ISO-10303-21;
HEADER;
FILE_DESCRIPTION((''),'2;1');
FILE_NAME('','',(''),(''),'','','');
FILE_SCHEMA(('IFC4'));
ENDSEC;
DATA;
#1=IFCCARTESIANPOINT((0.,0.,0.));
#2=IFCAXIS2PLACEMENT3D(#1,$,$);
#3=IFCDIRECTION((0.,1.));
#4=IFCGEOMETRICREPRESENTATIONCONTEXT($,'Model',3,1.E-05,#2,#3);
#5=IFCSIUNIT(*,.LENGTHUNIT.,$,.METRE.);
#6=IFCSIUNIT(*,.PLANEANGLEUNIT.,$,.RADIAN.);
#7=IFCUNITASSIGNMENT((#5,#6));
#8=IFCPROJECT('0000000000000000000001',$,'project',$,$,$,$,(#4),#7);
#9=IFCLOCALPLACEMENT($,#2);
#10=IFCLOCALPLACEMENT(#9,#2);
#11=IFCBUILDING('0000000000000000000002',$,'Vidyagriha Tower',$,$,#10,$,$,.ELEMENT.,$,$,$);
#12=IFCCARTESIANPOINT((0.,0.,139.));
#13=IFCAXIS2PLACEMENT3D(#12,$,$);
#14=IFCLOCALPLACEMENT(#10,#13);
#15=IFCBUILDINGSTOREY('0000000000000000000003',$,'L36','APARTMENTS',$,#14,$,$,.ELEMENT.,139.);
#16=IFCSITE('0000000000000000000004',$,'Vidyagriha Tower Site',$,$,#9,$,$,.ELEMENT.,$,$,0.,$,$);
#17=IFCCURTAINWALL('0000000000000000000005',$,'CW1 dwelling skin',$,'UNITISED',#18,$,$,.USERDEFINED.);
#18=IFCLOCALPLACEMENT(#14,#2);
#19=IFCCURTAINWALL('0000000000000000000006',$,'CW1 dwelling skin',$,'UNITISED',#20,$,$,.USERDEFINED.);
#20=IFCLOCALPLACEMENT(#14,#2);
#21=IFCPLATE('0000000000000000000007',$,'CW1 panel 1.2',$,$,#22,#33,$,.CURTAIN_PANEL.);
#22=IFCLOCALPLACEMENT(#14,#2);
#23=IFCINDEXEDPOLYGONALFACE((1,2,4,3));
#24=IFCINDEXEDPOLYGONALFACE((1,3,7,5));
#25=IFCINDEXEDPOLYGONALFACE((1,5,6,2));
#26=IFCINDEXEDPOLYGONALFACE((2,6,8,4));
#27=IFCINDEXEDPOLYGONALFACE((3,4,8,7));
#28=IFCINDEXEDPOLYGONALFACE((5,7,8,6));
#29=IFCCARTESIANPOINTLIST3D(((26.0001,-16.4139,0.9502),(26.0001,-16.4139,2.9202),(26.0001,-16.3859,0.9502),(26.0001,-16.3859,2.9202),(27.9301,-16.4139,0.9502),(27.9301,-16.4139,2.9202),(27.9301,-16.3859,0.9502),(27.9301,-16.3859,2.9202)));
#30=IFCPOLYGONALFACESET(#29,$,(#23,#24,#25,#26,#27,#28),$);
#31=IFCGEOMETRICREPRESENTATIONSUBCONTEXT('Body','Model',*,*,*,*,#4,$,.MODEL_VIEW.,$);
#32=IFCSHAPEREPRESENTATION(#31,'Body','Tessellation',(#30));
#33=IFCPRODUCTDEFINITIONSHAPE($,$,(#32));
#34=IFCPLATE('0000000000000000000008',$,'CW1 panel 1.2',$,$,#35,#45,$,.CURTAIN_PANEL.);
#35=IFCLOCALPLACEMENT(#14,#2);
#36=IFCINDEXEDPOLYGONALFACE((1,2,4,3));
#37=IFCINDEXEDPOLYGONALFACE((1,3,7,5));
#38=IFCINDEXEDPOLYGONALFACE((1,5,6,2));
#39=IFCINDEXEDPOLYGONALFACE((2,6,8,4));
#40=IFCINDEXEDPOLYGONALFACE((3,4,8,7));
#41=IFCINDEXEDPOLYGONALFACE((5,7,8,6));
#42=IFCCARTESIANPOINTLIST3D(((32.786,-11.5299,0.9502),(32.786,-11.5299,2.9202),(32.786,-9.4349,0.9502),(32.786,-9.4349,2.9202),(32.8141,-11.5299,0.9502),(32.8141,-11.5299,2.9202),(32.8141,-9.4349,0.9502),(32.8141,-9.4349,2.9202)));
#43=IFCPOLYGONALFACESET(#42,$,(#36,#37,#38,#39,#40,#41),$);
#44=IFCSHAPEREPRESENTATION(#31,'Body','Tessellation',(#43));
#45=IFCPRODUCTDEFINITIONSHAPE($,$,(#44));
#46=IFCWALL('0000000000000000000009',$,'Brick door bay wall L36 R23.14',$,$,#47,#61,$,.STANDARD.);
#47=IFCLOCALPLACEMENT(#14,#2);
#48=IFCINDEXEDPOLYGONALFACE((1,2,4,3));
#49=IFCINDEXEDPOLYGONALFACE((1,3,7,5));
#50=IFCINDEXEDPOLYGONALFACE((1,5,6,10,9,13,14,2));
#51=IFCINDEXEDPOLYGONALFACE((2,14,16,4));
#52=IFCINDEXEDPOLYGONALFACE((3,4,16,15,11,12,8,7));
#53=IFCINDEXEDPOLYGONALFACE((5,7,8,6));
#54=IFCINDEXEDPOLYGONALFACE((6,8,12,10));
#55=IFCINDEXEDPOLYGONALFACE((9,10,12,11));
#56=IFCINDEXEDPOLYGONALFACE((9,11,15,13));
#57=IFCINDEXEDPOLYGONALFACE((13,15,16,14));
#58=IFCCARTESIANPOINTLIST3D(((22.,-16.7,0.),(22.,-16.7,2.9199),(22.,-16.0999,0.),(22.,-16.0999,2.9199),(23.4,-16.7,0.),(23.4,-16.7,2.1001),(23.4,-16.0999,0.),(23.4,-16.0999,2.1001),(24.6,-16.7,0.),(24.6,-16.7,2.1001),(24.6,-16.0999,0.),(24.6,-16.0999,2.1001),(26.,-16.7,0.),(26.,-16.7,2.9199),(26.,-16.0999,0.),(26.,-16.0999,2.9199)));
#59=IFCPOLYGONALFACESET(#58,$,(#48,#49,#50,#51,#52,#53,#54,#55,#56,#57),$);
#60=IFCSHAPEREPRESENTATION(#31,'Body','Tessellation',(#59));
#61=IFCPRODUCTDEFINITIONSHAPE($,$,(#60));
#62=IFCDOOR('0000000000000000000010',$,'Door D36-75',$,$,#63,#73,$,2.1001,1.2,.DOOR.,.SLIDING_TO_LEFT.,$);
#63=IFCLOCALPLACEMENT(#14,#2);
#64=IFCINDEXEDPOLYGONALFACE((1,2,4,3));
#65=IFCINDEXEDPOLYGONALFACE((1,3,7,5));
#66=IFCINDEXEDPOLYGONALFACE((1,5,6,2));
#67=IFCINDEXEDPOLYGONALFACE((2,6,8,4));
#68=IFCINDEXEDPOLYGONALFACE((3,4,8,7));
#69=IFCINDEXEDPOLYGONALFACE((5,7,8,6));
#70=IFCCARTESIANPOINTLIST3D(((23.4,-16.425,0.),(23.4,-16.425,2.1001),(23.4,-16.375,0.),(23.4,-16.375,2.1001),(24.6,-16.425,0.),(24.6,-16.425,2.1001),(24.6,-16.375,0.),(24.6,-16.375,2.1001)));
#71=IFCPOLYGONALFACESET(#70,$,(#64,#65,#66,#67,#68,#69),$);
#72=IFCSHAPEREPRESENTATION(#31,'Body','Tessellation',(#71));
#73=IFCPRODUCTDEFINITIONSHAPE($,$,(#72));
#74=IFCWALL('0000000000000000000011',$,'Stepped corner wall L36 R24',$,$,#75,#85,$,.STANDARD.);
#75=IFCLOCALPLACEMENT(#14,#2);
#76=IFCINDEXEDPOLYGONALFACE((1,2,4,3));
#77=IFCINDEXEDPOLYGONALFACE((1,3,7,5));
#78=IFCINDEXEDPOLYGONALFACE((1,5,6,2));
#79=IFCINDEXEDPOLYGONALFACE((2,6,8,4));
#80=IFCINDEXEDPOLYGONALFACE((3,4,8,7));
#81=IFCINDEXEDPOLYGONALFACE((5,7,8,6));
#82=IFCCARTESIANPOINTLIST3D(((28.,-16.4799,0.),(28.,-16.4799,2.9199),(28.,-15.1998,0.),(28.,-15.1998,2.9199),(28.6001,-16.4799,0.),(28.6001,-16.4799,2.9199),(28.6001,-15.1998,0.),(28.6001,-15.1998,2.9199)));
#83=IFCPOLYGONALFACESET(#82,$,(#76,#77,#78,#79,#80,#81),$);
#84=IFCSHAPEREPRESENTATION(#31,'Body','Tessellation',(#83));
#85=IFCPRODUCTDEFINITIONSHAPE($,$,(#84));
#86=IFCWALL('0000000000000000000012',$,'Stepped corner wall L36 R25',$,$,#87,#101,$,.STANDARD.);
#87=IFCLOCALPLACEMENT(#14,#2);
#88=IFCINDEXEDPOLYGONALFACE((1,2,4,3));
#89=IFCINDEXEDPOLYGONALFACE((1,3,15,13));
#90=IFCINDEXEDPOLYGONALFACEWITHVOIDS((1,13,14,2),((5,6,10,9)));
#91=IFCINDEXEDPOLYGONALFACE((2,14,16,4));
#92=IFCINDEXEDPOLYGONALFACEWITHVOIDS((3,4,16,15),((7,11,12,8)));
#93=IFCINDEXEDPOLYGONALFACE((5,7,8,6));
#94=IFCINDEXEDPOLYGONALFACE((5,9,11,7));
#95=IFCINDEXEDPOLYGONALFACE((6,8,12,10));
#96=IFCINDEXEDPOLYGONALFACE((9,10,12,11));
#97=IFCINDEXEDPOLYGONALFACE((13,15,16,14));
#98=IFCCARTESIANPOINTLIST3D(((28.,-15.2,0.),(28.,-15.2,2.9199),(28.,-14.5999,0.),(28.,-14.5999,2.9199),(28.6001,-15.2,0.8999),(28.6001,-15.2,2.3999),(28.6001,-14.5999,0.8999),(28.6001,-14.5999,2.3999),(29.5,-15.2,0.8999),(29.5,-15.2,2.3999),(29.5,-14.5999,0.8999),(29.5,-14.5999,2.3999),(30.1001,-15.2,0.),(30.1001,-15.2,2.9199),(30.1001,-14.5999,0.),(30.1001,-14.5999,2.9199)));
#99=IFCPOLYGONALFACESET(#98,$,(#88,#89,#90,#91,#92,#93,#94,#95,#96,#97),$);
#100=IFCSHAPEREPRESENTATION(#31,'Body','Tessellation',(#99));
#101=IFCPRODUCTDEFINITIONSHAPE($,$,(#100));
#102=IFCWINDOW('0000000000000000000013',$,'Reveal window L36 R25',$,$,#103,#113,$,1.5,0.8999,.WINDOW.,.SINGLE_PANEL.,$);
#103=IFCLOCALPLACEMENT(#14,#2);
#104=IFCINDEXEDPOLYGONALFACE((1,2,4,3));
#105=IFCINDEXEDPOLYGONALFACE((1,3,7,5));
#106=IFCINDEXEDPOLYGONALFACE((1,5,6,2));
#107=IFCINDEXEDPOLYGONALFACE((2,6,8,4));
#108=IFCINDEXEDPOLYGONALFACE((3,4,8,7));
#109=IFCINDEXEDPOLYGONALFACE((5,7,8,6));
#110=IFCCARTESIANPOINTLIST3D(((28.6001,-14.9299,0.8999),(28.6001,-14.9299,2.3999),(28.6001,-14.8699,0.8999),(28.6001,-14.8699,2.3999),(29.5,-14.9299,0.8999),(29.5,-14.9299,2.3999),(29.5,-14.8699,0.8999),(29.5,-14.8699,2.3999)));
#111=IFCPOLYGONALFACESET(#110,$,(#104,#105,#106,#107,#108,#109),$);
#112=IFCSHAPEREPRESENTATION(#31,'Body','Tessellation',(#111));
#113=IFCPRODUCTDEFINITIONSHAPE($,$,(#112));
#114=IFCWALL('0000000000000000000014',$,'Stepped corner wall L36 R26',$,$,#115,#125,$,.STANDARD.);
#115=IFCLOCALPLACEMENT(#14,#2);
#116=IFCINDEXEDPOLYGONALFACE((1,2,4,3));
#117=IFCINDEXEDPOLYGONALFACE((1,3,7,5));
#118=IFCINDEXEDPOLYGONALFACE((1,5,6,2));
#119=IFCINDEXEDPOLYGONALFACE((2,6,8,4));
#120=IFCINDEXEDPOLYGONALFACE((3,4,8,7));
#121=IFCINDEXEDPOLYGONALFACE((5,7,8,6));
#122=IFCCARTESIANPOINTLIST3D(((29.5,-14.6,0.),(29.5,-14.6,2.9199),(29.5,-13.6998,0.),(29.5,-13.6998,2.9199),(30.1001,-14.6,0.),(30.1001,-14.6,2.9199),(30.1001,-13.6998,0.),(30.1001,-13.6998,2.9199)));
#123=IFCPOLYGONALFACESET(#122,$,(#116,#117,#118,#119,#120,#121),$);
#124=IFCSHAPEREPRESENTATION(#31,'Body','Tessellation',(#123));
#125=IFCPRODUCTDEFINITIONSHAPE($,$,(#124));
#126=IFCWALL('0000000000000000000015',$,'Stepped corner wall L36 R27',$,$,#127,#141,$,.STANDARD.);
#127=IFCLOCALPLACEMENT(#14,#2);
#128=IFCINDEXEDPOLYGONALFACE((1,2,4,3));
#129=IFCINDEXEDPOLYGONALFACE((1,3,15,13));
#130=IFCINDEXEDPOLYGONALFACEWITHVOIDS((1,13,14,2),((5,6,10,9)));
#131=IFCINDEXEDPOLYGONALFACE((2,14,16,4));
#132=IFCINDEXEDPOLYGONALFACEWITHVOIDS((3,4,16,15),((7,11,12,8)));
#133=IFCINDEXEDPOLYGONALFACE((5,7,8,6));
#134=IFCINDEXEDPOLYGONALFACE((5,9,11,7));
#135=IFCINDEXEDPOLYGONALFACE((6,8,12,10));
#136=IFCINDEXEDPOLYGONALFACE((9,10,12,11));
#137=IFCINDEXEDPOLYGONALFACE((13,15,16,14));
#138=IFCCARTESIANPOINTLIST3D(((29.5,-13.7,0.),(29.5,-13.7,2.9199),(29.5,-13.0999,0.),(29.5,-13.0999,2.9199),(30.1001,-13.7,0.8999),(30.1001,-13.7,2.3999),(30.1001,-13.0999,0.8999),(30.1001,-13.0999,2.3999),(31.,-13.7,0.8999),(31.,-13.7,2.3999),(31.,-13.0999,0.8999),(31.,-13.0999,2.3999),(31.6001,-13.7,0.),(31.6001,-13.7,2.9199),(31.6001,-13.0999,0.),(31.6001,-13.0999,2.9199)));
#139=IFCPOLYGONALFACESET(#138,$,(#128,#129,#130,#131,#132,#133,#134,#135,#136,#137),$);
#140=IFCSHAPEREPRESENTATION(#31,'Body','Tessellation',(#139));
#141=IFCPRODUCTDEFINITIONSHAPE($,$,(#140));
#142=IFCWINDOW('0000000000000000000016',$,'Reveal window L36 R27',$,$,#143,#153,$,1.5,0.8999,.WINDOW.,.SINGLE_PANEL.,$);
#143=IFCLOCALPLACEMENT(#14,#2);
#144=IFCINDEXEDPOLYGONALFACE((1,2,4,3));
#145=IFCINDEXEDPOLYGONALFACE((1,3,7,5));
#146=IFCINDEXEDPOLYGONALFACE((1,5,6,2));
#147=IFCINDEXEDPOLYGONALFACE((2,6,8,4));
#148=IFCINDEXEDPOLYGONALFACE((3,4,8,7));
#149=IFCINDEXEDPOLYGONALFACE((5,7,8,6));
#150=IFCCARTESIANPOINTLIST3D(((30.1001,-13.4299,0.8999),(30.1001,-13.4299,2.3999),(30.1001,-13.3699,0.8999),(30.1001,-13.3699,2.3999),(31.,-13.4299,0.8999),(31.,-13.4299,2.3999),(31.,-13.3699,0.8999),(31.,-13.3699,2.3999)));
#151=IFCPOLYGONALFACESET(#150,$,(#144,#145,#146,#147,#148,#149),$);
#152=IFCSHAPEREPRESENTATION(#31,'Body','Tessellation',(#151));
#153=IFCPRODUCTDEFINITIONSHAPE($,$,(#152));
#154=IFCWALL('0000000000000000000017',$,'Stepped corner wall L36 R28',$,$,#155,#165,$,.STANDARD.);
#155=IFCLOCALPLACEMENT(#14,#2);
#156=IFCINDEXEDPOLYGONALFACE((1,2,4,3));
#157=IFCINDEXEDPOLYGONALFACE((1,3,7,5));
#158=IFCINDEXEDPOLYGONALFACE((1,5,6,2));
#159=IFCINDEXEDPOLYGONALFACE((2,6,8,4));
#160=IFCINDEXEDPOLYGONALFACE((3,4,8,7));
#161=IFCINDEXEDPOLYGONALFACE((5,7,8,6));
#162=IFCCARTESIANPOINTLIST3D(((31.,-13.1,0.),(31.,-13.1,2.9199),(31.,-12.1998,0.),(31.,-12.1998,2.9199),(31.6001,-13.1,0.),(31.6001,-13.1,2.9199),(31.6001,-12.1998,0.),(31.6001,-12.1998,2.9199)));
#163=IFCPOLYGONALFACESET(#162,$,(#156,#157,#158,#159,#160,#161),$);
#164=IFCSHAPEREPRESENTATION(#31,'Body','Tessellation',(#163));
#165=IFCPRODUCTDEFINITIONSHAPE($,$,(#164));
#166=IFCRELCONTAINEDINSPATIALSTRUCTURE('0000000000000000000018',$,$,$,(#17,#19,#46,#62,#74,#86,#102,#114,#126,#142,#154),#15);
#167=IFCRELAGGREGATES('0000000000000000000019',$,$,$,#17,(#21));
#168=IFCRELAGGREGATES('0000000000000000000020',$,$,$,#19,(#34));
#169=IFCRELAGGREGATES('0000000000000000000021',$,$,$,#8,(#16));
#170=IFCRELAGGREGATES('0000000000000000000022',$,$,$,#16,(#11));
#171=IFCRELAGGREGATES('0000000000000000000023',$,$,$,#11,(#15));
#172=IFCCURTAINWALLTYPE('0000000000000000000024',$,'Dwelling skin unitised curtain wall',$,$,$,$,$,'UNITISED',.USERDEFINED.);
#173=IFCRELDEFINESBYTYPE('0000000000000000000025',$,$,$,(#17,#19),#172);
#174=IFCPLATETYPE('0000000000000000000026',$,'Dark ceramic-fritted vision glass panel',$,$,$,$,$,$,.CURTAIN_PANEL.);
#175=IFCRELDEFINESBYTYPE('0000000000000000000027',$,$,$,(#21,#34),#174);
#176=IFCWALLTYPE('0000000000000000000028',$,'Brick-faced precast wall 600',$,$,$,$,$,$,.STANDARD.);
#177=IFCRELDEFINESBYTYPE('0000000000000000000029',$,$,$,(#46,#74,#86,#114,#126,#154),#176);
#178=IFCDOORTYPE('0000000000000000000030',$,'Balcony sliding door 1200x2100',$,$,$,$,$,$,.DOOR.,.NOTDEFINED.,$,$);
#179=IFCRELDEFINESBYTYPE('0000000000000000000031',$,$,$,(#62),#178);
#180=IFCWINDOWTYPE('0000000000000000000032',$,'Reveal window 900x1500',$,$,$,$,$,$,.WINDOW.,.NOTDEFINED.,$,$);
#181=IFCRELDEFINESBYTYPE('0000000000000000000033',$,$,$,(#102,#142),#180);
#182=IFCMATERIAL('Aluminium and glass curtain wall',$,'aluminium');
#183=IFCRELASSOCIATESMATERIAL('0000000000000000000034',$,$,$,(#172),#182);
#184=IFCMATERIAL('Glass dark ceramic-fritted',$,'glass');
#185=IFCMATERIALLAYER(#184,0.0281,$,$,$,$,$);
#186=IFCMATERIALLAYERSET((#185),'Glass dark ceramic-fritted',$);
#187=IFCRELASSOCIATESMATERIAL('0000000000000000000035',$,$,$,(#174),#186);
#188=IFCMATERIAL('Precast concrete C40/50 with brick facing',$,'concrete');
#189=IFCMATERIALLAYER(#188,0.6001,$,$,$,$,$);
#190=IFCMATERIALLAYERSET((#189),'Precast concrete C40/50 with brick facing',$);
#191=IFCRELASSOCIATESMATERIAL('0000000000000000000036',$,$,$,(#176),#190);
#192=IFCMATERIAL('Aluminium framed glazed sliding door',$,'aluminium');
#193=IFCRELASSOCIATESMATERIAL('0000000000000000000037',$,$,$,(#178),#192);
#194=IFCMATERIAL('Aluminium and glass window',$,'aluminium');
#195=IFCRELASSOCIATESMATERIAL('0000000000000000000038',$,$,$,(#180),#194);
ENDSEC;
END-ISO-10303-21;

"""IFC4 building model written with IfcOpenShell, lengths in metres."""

from ifc_helpers import new_model, si_unit, direction, frame, frame_2d, origin, origin_2d, place, context, subcontext, project, spatial, rectangle, extrude, material, layer, layer_set, type_object, element, fill, aggregate, save


model = new_model("IFC4")

# Units and contexts
model_context = context("Model", 3, precision=1e-05, world=origin(), true_north=direction((0.0, 1.0)))
body_context = subcontext(model_context, "Body", "Model", "MODEL_VIEW")
ifc_project = project(units=[si_unit("LENGTHUNIT", "METRE"), si_unit("PLANEANGLEUNIT", "RADIAN")], contexts=[model_context])

# Site, building, storey
site_placement = place(None, origin())
site = spatial("IfcSite", under=ifc_project, at=site_placement, Name="Vidyagriha Tower Site", CompositionType="ELEMENT", RefElevation=0.0)
building_placement = place(site_placement, origin())
building = spatial("IfcBuilding", under=site, at=building_placement, Name="Vidyagriha Tower", CompositionType="ELEMENT")
storey_placement = place(building_placement, frame((0.0, 0.0, 139.0)))
storey = spatial("IfcBuildingStorey", under=building, at=storey_placement, Name="L36", Description="APARTMENTS", CompositionType="ELEMENT", Elevation=139.0)

# Curtain walls
ifc_material_1 = material(Name="Aluminium and glass curtain wall", Category="aluminium")
curtain_wall_type = type_object("IfcCurtainWallType", Name="Dwelling skin unitised curtain wall", ElementType="UNITISED", PredefinedType="USERDEFINED", material=ifc_material_1)
curtain_wall_1_placement = place(storey_placement, origin())
curtain_wall_1 = element("IfcCurtainWall", 1, at=curtain_wall_1_placement, inside=storey, type_object=curtain_wall_type, Name="CW1 dwelling skin", ObjectType="UNITISED", PredefinedType="USERDEFINED")
curtain_wall_2_placement = place(storey_placement, origin())
curtain_wall_2 = element("IfcCurtainWall", 2, at=curtain_wall_2_placement, inside=storey, type_object=curtain_wall_type, Name="CW1 dwelling skin", ObjectType="UNITISED", PredefinedType="USERDEFINED")

# Plates
ifc_material_2 = material(Name="Glass dark ceramic-fritted", Category="glass")
ifc_layer_1 = layer(ifc_material_2, 0.0281)
ifc_layer_set_1 = layer_set([ifc_layer_1], Name="Glass dark ceramic-fritted")
plate_type_1 = type_object("IfcPlateType", Name="Dark ceramic-fritted vision glass panel", PredefinedType="CURTAIN_PANEL", material=ifc_layer_set_1)
plate_1_placement = place(storey_placement, frame((26.9651, -16.3999, 0.9502)))
plate_1 = element("IfcPlate", 3, at=plate_1_placement, type_object=plate_type_1, Name="CW1 panel 1.2", PredefinedType="CURTAIN_PANEL", context=body_context, shape_type="SweptSolid", body=[
    extrude(rectangle(XDim=1.9299, YDim=0.0281, at=origin_2d()), origin(), (0.0, 0.0, 1.0), 1.97),
])
aggregate(curtain_wall_1, [plate_1])
plate_2_placement = place(storey_placement, frame((32.8, -10.4824, 0.9502), z_axis=(0.0, 0.0, 1.0), x_axis=(0.0, 1.0, 0.0)))
plate_2 = element("IfcPlate", 4, at=plate_2_placement, type_object=plate_type_1, Name="CW1 panel 1.2", PredefinedType="CURTAIN_PANEL", context=body_context, shape_type="SweptSolid", body=[
    extrude(rectangle(XDim=2.095, YDim=0.0281, at=origin_2d()), origin(), (0.0, 0.0, 1.0), 1.97),
])
aggregate(curtain_wall_2, [plate_2])

# Wall, opening, door
ifc_material_3 = material(Name="Precast concrete C40/50 with brick facing", Category="concrete")
ifc_layer_2 = layer(ifc_material_3, 0.6001)
ifc_layer_set_2 = layer_set([ifc_layer_2], Name="Precast concrete C40/50 with brick facing")
wall_type = type_object("IfcWallType", Name="Brick-faced precast wall 600", PredefinedType="STANDARD", material=ifc_layer_set_2)
wall_1_placement = place(storey_placement, frame((22.0, -16.3999, 0.0)))
wall_1 = element("IfcWall", 5, at=wall_1_placement, inside=storey, type_object=wall_type, Name="Brick door bay wall L36 R23.14", PredefinedType="STANDARD", context=body_context, shape_type="SweptSolid", body=[
    extrude(rectangle(XDim=4.0, YDim=0.6001, at=frame_2d((2.0, 0.0))), origin(), (0.0, 0.0, 1.0), 2.9199),
])
opening_1_placement = place(wall_1_placement, frame((1.3999, 0.0, 0.0)))
opening_1 = element("IfcOpeningElement", 6, at=opening_1_placement, cuts=wall_1, PredefinedType="OPENING", context=body_context, shape_type="SweptSolid", body=[
    extrude(rectangle(XDim=1.2, YDim=2.1001, at=frame_2d((0.6001, 1.05))), frame((0.0, 0.3101, 0.0), z_axis=(0.0, -1.0, 0.0), x_axis=(1.0, 0.0, 0.0)), (0.0, 0.0, 1.0), 0.6201),
])
ifc_material_4 = material(Name="Aluminium framed glazed sliding door", Category="aluminium")
door_type = type_object("IfcDoorType", Name="Balcony sliding door 1200x2100", OperationType="NOTDEFINED", PredefinedType="DOOR", material=ifc_material_4)
door_placement = place(opening_1_placement, origin())
door = element("IfcDoor", 7, at=door_placement, inside=storey, type_object=door_type, Name="Door D36-75", OperationType="SLIDING_TO_LEFT", OverallHeight=2.1001, OverallWidth=1.2, PredefinedType="DOOR", context=body_context, shape_type="SweptSolid", body=[
    extrude(rectangle(XDim=1.2, YDim=2.1001, at=frame_2d((0.6001, 1.05))), frame((0.0, 0.0249, 0.0), z_axis=(0.0, -1.0, 0.0), x_axis=(1.0, 0.0, 0.0)), (0.0, 0.0, 1.0), 0.05),
])
fill(opening_1, door)

# Wall
wall_2_placement = place(storey_placement, frame((28.3, -16.48, 0.0), z_axis=(0.0, 0.0, 1.0), x_axis=(0.0, 1.0, 0.0)))
element("IfcWall", 8, at=wall_2_placement, inside=storey, type_object=wall_type, Name="Stepped corner wall L36 R24", PredefinedType="STANDARD", context=body_context, shape_type="SweptSolid", body=[
    extrude(rectangle(XDim=1.28, YDim=0.6001, at=frame_2d((0.6401, 0.0))), origin(), (0.0, 0.0, 1.0), 2.9199),
])

# Wall, opening, window
wall_3_placement = place(storey_placement, frame((28.0, -14.8999, 0.0)))
wall_3 = element("IfcWall", 9, at=wall_3_placement, inside=storey, type_object=wall_type, Name="Stepped corner wall L36 R25", PredefinedType="STANDARD", context=body_context, shape_type="SweptSolid", body=[
    extrude(rectangle(XDim=2.1001, YDim=0.6001, at=frame_2d((1.05, 0.0))), origin(), (0.0, 0.0, 1.0), 2.9199),
])
opening_2_placement = place(wall_3_placement, frame((0.6001, 0.0, 0.8999)))
opening_2 = element("IfcOpeningElement", 10, at=opening_2_placement, cuts=wall_3, PredefinedType="OPENING", context=body_context, shape_type="SweptSolid", body=[
    extrude(rectangle(XDim=0.8999, YDim=1.5, at=frame_2d((0.45, 0.75))), frame((0.0, 0.3101, 0.0), z_axis=(0.0, -1.0, 0.0), x_axis=(1.0, 0.0, 0.0)), (0.0, 0.0, 1.0), 0.6201),
])
ifc_material_5 = material(Name="Aluminium and glass window", Category="aluminium")
window_type = type_object("IfcWindowType", Name="Reveal window 900x1500", PartitioningType="NOTDEFINED", PredefinedType="WINDOW", material=ifc_material_5)
window_1_placement = place(opening_2_placement, origin())
window_1 = element("IfcWindow", 11, at=window_1_placement, inside=storey, type_object=window_type, Name="Reveal window L36 R25", OverallHeight=1.5, OverallWidth=0.8999, PartitioningType="SINGLE_PANEL", PredefinedType="WINDOW", context=body_context, shape_type="SweptSolid", body=[
    extrude(rectangle(XDim=0.8999, YDim=1.5, at=frame_2d((0.45, 0.75))), frame((0.0, 0.03, 0.0), z_axis=(0.0, -1.0, 0.0), x_axis=(1.0, 0.0, 0.0)), (0.0, 0.0, 1.0), 0.0601),
])
fill(opening_2, window_1)

# Wall
wall_4_placement = place(storey_placement, frame((29.8, -14.6001, 0.0), z_axis=(0.0, 0.0, 1.0), x_axis=(0.0, 1.0, 0.0)))
element("IfcWall", 12, at=wall_4_placement, inside=storey, type_object=wall_type, Name="Stepped corner wall L36 R26", PredefinedType="STANDARD", context=body_context, shape_type="SweptSolid", body=[
    extrude(rectangle(XDim=0.9001, YDim=0.6001, at=frame_2d((0.4502, 0.0))), origin(), (0.0, 0.0, 1.0), 2.9199),
])

# Wall, opening, window
wall_5_placement = place(storey_placement, frame((29.5, -13.3999, 0.0)))
wall_5 = element("IfcWall", 13, at=wall_5_placement, inside=storey, type_object=wall_type, Name="Stepped corner wall L36 R27", PredefinedType="STANDARD", context=body_context, shape_type="SweptSolid", body=[
    extrude(rectangle(XDim=2.1001, YDim=0.6001, at=frame_2d((1.05, 0.0))), origin(), (0.0, 0.0, 1.0), 2.9199),
])
opening_3_placement = place(wall_5_placement, frame((0.6001, 0.0, 0.8999)))
opening_3 = element("IfcOpeningElement", 14, at=opening_3_placement, cuts=wall_5, PredefinedType="OPENING", context=body_context, shape_type="SweptSolid", body=[
    extrude(rectangle(XDim=0.8999, YDim=1.5, at=frame_2d((0.45, 0.75))), frame((0.0, 0.3101, 0.0), z_axis=(0.0, -1.0, 0.0), x_axis=(1.0, 0.0, 0.0)), (0.0, 0.0, 1.0), 0.6201),
])
window_2_placement = place(opening_3_placement, origin())
window_2 = element("IfcWindow", 15, at=window_2_placement, inside=storey, type_object=window_type, Name="Reveal window L36 R27", OverallHeight=1.5, OverallWidth=0.8999, PartitioningType="SINGLE_PANEL", PredefinedType="WINDOW", context=body_context, shape_type="SweptSolid", body=[
    extrude(rectangle(XDim=0.8999, YDim=1.5, at=frame_2d((0.45, 0.75))), frame((0.0, 0.03, 0.0), z_axis=(0.0, -1.0, 0.0), x_axis=(1.0, 0.0, 0.0)), (0.0, 0.0, 1.0), 0.0601),
])
fill(opening_3, window_2)

# Wall
wall_6_placement = place(storey_placement, frame((31.3, -13.1001, 0.0), z_axis=(0.0, 0.0, 1.0), x_axis=(0.0, 1.0, 0.0)))
element("IfcWall", 16, at=wall_6_placement, inside=storey, type_object=wall_type, Name="Stepped corner wall L36 R28", PredefinedType="STANDARD", context=body_context, shape_type="SweptSolid", body=[
    extrude(rectangle(XDim=0.9001, YDim=0.6001, at=frame_2d((0.4502, 0.0))), origin(), (0.0, 0.0, 1.0), 2.9199),
])

save(model, "model.ifc")
